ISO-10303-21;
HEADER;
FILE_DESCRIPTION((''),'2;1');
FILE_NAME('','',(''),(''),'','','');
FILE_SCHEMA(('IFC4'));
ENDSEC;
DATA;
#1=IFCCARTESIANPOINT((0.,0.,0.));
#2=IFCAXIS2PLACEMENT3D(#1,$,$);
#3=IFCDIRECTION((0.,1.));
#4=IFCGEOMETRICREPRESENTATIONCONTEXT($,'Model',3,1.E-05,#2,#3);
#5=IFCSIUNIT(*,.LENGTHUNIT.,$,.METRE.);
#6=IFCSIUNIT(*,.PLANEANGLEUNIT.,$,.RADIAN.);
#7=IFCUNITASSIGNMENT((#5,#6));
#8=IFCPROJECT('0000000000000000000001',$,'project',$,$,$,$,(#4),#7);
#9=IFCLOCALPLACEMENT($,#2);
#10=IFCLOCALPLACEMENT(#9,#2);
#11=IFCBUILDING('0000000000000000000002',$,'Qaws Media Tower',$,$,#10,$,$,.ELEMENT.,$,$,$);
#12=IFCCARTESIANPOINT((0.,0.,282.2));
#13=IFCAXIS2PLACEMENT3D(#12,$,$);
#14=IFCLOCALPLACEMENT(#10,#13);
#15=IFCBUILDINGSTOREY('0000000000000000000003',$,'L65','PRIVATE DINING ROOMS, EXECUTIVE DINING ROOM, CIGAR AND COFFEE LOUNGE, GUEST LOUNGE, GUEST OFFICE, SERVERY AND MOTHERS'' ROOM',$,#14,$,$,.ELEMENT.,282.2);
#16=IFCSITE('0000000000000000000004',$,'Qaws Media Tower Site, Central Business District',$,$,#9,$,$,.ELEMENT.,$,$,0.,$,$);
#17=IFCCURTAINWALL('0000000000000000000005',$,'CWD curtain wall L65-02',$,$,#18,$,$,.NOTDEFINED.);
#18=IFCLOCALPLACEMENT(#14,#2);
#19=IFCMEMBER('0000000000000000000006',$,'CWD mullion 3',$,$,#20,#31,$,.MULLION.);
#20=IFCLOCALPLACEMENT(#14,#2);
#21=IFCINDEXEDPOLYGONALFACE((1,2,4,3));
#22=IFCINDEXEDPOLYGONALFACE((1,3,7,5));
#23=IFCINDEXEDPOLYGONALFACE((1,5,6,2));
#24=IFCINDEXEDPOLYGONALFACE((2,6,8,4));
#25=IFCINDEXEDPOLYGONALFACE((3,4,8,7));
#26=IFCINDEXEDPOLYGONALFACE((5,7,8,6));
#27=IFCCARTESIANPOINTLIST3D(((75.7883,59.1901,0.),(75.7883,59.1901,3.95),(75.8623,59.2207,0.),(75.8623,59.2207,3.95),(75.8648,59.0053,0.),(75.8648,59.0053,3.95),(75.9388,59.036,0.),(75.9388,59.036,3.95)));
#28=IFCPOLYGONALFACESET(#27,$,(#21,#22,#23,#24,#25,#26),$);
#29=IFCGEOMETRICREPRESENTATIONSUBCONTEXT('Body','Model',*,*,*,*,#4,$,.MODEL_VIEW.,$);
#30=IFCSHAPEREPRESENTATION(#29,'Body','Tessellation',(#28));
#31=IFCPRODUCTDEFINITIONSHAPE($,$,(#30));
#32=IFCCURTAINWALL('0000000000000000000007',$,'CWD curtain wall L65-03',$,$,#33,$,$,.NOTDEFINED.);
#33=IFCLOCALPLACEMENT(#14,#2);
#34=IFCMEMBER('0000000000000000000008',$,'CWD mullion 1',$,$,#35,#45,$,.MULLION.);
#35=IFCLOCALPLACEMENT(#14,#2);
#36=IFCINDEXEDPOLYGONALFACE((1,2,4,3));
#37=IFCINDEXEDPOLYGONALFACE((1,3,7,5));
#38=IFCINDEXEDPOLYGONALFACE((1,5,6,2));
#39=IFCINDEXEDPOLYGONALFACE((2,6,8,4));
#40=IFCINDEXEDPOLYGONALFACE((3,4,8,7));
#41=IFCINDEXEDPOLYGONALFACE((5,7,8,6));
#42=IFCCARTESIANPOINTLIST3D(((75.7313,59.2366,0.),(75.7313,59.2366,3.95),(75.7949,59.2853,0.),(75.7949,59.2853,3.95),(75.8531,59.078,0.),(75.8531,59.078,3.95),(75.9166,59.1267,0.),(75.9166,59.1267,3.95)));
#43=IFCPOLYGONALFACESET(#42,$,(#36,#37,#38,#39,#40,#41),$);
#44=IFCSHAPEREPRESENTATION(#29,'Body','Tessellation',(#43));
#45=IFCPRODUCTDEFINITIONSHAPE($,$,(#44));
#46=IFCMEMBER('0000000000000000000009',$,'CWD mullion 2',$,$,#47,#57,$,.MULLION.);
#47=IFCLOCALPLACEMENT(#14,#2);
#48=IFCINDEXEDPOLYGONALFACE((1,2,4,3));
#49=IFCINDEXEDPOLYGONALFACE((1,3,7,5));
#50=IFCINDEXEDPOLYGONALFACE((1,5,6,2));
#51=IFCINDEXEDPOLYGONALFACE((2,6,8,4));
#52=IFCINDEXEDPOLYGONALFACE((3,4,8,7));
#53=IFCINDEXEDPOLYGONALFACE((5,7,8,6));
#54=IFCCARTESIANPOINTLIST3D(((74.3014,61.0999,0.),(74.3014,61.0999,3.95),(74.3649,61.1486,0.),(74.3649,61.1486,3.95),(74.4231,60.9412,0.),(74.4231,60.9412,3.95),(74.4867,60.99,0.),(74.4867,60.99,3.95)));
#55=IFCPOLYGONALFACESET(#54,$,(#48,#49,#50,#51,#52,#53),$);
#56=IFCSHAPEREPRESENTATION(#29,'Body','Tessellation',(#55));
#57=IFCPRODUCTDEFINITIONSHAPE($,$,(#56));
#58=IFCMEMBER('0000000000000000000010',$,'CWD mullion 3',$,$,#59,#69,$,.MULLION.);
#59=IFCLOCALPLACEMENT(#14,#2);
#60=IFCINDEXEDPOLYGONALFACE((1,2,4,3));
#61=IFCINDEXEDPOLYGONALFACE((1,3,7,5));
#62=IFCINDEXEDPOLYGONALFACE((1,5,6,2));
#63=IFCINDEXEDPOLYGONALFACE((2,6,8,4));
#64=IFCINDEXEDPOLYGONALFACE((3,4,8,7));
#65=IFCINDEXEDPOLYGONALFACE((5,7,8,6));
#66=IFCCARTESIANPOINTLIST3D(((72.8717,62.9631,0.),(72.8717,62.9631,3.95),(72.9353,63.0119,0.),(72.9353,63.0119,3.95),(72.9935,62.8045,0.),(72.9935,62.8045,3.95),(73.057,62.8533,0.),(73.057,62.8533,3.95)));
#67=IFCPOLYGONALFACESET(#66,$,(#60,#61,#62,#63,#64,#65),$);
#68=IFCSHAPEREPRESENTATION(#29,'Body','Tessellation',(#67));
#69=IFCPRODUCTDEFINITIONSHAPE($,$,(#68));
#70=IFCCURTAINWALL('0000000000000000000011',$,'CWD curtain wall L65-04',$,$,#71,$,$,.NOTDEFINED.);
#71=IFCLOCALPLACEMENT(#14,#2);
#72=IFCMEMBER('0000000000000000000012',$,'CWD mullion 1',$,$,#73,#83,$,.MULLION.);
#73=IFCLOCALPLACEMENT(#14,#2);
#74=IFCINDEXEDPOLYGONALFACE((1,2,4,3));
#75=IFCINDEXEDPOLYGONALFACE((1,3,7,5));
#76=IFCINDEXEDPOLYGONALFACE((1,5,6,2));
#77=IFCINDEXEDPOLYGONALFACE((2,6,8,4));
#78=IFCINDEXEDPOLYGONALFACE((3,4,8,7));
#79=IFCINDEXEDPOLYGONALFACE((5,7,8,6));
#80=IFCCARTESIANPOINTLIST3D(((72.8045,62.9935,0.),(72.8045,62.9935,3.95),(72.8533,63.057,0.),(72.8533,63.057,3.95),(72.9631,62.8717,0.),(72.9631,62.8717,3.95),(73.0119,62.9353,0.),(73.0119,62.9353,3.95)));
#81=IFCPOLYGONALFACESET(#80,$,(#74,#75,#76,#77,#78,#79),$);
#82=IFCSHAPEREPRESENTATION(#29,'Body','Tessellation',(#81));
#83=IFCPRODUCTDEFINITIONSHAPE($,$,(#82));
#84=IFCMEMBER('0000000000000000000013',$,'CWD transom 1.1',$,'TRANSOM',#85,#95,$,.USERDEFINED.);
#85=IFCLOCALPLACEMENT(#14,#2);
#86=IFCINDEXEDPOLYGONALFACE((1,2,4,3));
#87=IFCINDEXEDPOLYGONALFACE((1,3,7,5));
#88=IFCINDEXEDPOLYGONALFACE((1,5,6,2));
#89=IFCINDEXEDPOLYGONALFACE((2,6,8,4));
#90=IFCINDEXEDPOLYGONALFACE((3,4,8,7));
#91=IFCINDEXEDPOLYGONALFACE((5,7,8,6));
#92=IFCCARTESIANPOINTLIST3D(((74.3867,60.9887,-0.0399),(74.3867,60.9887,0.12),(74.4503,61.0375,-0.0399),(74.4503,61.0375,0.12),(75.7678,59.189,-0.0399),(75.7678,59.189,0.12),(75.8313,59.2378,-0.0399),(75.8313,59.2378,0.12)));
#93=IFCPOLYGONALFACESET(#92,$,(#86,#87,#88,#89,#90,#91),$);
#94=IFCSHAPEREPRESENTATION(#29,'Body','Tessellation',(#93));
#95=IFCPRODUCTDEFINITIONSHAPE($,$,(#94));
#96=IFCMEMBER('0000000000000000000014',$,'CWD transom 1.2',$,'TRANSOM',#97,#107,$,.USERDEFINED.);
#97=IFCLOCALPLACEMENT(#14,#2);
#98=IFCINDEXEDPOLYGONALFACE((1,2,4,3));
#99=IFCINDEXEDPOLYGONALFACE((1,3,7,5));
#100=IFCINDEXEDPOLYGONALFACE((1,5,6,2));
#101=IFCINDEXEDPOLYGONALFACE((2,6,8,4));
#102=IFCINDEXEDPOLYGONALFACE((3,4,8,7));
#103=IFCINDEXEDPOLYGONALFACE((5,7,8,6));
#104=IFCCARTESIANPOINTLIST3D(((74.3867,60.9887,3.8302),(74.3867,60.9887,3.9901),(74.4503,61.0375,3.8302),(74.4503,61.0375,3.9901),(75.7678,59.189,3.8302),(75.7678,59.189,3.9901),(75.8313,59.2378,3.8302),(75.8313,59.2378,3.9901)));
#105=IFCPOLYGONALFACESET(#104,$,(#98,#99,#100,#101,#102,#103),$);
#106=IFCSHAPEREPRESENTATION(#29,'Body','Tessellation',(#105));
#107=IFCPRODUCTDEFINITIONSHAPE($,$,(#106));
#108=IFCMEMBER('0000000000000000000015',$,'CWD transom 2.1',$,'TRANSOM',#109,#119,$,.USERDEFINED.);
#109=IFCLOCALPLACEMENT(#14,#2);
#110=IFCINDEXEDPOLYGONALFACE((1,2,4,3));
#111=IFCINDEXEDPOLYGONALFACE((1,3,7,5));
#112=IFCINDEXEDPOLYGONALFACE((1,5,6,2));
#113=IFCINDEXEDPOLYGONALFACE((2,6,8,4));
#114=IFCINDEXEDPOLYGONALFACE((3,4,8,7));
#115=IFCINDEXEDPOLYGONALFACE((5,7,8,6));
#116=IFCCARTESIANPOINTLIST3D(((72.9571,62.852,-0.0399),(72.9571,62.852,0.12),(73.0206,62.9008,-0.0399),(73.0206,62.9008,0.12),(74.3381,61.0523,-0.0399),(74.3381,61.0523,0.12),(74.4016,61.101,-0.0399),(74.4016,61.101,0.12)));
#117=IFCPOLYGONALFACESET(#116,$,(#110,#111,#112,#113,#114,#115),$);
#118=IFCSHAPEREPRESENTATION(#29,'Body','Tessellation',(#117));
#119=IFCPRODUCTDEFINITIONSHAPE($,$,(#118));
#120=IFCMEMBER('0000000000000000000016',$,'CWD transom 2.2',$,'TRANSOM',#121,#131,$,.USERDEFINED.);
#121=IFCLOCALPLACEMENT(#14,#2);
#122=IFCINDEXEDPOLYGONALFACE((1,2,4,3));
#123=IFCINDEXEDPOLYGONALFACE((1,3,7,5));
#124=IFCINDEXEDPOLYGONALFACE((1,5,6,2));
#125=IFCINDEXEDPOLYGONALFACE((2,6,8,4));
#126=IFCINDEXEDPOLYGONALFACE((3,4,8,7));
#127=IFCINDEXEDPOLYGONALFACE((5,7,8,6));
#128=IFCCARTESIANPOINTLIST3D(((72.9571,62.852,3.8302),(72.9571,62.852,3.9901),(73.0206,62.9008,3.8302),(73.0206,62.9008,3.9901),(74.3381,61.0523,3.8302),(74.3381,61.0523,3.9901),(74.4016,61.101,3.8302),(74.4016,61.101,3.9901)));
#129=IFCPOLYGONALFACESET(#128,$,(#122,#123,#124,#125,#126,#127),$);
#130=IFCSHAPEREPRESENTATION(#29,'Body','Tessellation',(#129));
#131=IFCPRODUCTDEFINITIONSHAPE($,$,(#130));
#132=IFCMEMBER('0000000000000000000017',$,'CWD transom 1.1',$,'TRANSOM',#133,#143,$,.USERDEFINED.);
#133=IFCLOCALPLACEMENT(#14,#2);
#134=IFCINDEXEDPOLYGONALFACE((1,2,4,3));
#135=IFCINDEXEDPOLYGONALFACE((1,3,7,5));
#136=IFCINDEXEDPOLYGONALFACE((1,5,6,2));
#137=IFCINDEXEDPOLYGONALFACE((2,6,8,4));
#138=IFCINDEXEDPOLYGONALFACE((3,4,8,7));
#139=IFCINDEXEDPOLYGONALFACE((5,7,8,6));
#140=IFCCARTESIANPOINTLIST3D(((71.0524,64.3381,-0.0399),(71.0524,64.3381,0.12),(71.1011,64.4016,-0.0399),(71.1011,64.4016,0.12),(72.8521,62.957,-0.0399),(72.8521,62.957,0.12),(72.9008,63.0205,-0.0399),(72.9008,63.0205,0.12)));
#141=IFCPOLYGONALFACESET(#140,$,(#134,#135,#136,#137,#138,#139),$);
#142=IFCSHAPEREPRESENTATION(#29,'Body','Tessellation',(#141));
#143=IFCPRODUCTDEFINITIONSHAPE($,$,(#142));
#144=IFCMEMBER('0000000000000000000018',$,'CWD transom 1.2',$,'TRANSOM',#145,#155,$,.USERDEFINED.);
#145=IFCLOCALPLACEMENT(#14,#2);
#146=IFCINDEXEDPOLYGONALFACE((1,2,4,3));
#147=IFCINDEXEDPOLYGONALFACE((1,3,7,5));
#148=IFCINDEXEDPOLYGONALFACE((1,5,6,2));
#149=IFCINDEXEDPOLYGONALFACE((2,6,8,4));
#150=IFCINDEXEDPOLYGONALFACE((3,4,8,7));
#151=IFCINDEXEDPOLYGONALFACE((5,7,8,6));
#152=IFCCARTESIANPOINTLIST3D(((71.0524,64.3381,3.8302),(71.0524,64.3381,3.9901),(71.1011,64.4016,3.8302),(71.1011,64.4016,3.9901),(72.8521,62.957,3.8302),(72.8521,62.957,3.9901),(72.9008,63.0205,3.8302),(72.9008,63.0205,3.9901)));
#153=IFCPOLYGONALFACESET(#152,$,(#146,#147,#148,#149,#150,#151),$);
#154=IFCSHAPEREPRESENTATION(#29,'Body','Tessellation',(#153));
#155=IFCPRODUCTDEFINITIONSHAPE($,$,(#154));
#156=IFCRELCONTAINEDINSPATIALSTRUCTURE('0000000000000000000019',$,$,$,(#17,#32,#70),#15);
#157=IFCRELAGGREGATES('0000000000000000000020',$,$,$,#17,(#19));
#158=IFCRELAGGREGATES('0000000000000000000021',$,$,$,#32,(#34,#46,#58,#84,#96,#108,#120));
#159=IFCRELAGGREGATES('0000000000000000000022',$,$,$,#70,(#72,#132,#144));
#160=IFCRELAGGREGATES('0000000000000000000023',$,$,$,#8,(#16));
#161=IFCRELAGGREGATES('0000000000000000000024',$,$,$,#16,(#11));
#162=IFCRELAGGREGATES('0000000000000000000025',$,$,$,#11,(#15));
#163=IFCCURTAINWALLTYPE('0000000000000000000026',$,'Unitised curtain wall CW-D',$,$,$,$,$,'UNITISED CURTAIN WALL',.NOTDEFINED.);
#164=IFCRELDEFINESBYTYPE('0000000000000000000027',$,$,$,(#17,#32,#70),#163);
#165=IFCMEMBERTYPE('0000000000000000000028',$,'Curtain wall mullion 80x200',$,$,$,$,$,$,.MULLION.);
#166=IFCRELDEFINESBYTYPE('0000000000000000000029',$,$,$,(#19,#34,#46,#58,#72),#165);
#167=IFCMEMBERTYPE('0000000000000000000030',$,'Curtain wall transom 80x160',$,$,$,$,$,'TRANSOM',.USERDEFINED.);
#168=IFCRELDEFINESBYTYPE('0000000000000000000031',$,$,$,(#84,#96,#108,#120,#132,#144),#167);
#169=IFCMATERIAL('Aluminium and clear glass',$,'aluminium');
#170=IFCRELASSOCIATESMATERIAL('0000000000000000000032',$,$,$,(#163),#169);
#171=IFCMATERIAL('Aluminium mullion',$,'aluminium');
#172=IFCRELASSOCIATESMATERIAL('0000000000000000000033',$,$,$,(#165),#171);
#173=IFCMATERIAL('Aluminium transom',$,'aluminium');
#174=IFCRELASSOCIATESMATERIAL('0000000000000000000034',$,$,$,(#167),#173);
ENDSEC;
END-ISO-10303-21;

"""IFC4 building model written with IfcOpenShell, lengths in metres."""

from ifc_helpers import new_model, si_unit, direction, frame, origin, origin_2d, place, context, subcontext, project, spatial, rectangle, extrude, material, material_profile, profile_set, type_object, element, aggregate, save


model = new_model("IFC4")

# Units and contexts
model_context = context("Model", 3, precision=1e-05, world=origin(), true_north=direction((0.0, 1.0)))
body_context = subcontext(model_context, "Body", "Model", "MODEL_VIEW")
ifc_project = project(units=[si_unit("LENGTHUNIT", "METRE"), si_unit("PLANEANGLEUNIT", "RADIAN")], contexts=[model_context])

# Site, building, storey
site_placement = place(None, origin())
site = spatial("IfcSite", under=ifc_project, at=site_placement, Name="Qaws Media Tower Site, Central Business District", CompositionType="ELEMENT", RefElevation=0.0)
building_placement = place(site_placement, origin())
building = spatial("IfcBuilding", under=site, at=building_placement, Name="Qaws Media Tower", CompositionType="ELEMENT")
storey_placement = place(building_placement, frame((0.0, 0.0, 282.2)))
storey = spatial("IfcBuildingStorey", under=building, at=storey_placement, Name="L65", Description="PRIVATE DINING ROOMS, EXECUTIVE DINING ROOM, CIGAR AND COFFEE LOUNGE, GUEST LOUNGE, GUEST OFFICE, SERVERY AND MOTHERS' ROOM", CompositionType="ELEMENT", Elevation=282.2)

# Curtain wall, member
ifc_material_1 = material(Name="Aluminium and clear glass", Category="aluminium")
curtain_wall_type = type_object("IfcCurtainWallType", Name="Unitised curtain wall CW-D", ElementType="UNITISED CURTAIN WALL", PredefinedType="NOTDEFINED", material=ifc_material_1)
curtain_wall_1_placement = place(storey_placement, origin())
curtain_wall_1 = element("IfcCurtainWall", 1, at=curtain_wall_1_placement, inside=storey, type_object=curtain_wall_type, Name="CWD curtain wall L65-02", PredefinedType="NOTDEFINED")
ifc_material_2 = material(Name="Aluminium mullion", Category="aluminium")
ifc_material_profile_1 = material_profile(ifc_material_2, rectangle(XDim=0.0801, YDim=0.2, at=origin_2d()), Name="80x200")
ifc_profile_set_1 = profile_set([ifc_material_profile_1], Name="Aluminium mullion")
member_type_1 = type_object("IfcMemberType", Name="Curtain wall mullion 80x200", PredefinedType="MULLION", material=ifc_profile_set_1)
member_1_placement = place(storey_placement, frame((75.8635, 59.113, 0.0), z_axis=(0.0, 0.0, 1.0), x_axis=(-0.923879, -0.382684, 0.0)))
member_1 = element("IfcMember", 2, at=member_1_placement, type_object=member_type_1, Name="CWD mullion 3", PredefinedType="MULLION", context=body_context, shape_type="SweptSolid", body=[
    extrude(rectangle(XDim=0.0801, YDim=0.2, at=origin_2d()), origin(), (0.0, 0.0, 1.0), 3.95),
])

# Curtain wall, members
curtain_wall_2_placement = place(storey_placement, origin())
curtain_wall_2 = element("IfcCurtainWall", 3, at=curtain_wall_2_placement, inside=storey, type_object=curtain_wall_type, Name="CWD curtain wall L65-03", PredefinedType="NOTDEFINED")
member_2_placement = place(storey_placement, frame((75.824, 59.1816, 0.0), z_axis=(0.0, 0.0, 1.0), x_axis=(-0.793353, -0.608761, 0.0)))
member_2 = element("IfcMember", 4, at=member_2_placement, type_object=member_type_1, Name="CWD mullion 1", PredefinedType="MULLION", context=body_context, shape_type="SweptSolid", body=[
    extrude(rectangle(XDim=0.0801, YDim=0.2, at=origin_2d()), origin(), (0.0, 0.0, 1.0), 3.95),
])
member_3_placement = place(storey_placement, frame((74.394, 61.0449, 0.0), z_axis=(0.0, 0.0, 1.0), x_axis=(-0.793353, -0.608761, 0.0)))
member_3 = element("IfcMember", 5, at=member_3_placement, type_object=member_type_1, Name="CWD mullion 2", PredefinedType="MULLION", context=body_context, shape_type="SweptSolid", body=[
    extrude(rectangle(XDim=0.0801, YDim=0.2, at=origin_2d()), origin(), (0.0, 0.0, 1.0), 3.95),
])
member_4_placement = place(storey_placement, frame((72.9644, 62.9082, 0.0), z_axis=(0.0, 0.0, 1.0), x_axis=(-0.793353, -0.608761, 0.0)))
member_4 = element("IfcMember", 6, at=member_4_placement, type_object=member_type_1, Name="CWD mullion 3", PredefinedType="MULLION", context=body_context, shape_type="SweptSolid", body=[
    extrude(rectangle(XDim=0.0801, YDim=0.2, at=origin_2d()), origin(), (0.0, 0.0, 1.0), 3.95),
])

# Curtain wall, member
curtain_wall_3_placement = place(storey_placement, origin())
curtain_wall_3 = element("IfcCurtainWall", 7, at=curtain_wall_3_placement, inside=storey, type_object=curtain_wall_type, Name="CWD curtain wall L65-04", PredefinedType="NOTDEFINED")
member_5_placement = place(storey_placement, frame((72.9082, 62.9644, 0.0), z_axis=(0.0, 0.0, 1.0), x_axis=(-0.608761, -0.793353, 0.0)))
member_5 = element("IfcMember", 8, at=member_5_placement, type_object=member_type_1, Name="CWD mullion 1", PredefinedType="MULLION", context=body_context, shape_type="SweptSolid", body=[
    extrude(rectangle(XDim=0.0801, YDim=0.2, at=origin_2d()), origin(), (0.0, 0.0, 1.0), 3.95),
])

# Members
ifc_material_3 = material(Name="Aluminium transom", Category="aluminium")
ifc_material_profile_2 = material_profile(ifc_material_3, rectangle(XDim=0.0801, YDim=0.1599, at=origin_2d()), Name="80x160")
ifc_profile_set_2 = profile_set([ifc_material_profile_2], Name="Aluminium transom")
member_type_2 = type_object("IfcMemberType", Name="Curtain wall transom 80x160", ElementType="TRANSOM", PredefinedType="USERDEFINED", material=ifc_profile_set_2)
member_6_placement = place(storey_placement, frame((75.7996, 59.2134, 0.04), z_axis=(-0.608779, 0.79334, 0.0), x_axis=(-0.79334, -0.608779, 0.0)))
member_6 = element("IfcMember", 9, at=member_6_placement, type_object=member_type_2, Name="CWD transom 1.1", ObjectType="TRANSOM", PredefinedType="USERDEFINED", context=body_context, shape_type="SweptSolid", body=[
    extrude(rectangle(XDim=0.0801, YDim=0.1599, at=origin_2d()), origin(), (0.0, 0.0, 1.0), 2.2686),
])
member_7_placement = place(storey_placement, frame((75.7996, 59.2134, 3.9102), z_axis=(-0.608779, 0.79334, 0.0), x_axis=(-0.79334, -0.608779, 0.0)))
member_7 = element("IfcMember", 10, at=member_7_placement, type_object=member_type_2, Name="CWD transom 1.2", ObjectType="TRANSOM", PredefinedType="USERDEFINED", context=body_context, shape_type="SweptSolid", body=[
    extrude(rectangle(XDim=0.0801, YDim=0.1599, at=origin_2d()), origin(), (0.0, 0.0, 1.0), 2.2686),
])
member_8_placement = place(storey_placement, frame((74.3699, 61.0767, 0.04), z_axis=(-0.608779, 0.79334, 0.0), x_axis=(-0.79334, -0.608779, 0.0)))
member_8 = element("IfcMember", 11, at=member_8_placement, type_object=member_type_2, Name="CWD transom 2.1", ObjectType="TRANSOM", PredefinedType="USERDEFINED", context=body_context, shape_type="SweptSolid", body=[
    extrude(rectangle(XDim=0.0801, YDim=0.1599, at=origin_2d()), origin(), (0.0, 0.0, 1.0), 2.2686),
])
member_9_placement = place(storey_placement, frame((74.3699, 61.0767, 3.9102), z_axis=(-0.608779, 0.79334, 0.0), x_axis=(-0.79334, -0.608779, 0.0)))
member_9 = element("IfcMember", 12, at=member_9_placement, type_object=member_type_2, Name="CWD transom 2.2", ObjectType="TRANSOM", PredefinedType="USERDEFINED", context=body_context, shape_type="SweptSolid", body=[
    extrude(rectangle(XDim=0.0801, YDim=0.1599, at=origin_2d()), origin(), (0.0, 0.0, 1.0), 2.2686),
])
member_10_placement = place(storey_placement, frame((72.8765, 62.9888, 0.04), z_axis=(-0.79334, 0.608779, 0.0), x_axis=(-0.608779, -0.79334, 0.0)))
member_10 = element("IfcMember", 13, at=member_10_placement, type_object=member_type_2, Name="CWD transom 1.1", ObjectType="TRANSOM", PredefinedType="USERDEFINED", context=body_context, shape_type="SweptSolid", body=[
    extrude(rectangle(XDim=0.0801, YDim=0.1599, at=origin_2d()), origin(), (0.0, 0.0, 1.0), 2.2686),
])
member_11_placement = place(storey_placement, frame((72.8765, 62.9888, 3.9102), z_axis=(-0.79334, 0.608779, 0.0), x_axis=(-0.608779, -0.79334, 0.0)))
member_11 = element("IfcMember", 14, at=member_11_placement, type_object=member_type_2, Name="CWD transom 1.2", ObjectType="TRANSOM", PredefinedType="USERDEFINED", context=body_context, shape_type="SweptSolid", body=[
    extrude(rectangle(XDim=0.0801, YDim=0.1599, at=origin_2d()), origin(), (0.0, 0.0, 1.0), 2.2686),
])

aggregate(curtain_wall_1, [member_1])
aggregate(curtain_wall_2, [member_2, member_3, member_4, member_6, member_7, member_8, member_9])
aggregate(curtain_wall_3, [member_5, member_10, member_11])

save(model, "model.ifc")
